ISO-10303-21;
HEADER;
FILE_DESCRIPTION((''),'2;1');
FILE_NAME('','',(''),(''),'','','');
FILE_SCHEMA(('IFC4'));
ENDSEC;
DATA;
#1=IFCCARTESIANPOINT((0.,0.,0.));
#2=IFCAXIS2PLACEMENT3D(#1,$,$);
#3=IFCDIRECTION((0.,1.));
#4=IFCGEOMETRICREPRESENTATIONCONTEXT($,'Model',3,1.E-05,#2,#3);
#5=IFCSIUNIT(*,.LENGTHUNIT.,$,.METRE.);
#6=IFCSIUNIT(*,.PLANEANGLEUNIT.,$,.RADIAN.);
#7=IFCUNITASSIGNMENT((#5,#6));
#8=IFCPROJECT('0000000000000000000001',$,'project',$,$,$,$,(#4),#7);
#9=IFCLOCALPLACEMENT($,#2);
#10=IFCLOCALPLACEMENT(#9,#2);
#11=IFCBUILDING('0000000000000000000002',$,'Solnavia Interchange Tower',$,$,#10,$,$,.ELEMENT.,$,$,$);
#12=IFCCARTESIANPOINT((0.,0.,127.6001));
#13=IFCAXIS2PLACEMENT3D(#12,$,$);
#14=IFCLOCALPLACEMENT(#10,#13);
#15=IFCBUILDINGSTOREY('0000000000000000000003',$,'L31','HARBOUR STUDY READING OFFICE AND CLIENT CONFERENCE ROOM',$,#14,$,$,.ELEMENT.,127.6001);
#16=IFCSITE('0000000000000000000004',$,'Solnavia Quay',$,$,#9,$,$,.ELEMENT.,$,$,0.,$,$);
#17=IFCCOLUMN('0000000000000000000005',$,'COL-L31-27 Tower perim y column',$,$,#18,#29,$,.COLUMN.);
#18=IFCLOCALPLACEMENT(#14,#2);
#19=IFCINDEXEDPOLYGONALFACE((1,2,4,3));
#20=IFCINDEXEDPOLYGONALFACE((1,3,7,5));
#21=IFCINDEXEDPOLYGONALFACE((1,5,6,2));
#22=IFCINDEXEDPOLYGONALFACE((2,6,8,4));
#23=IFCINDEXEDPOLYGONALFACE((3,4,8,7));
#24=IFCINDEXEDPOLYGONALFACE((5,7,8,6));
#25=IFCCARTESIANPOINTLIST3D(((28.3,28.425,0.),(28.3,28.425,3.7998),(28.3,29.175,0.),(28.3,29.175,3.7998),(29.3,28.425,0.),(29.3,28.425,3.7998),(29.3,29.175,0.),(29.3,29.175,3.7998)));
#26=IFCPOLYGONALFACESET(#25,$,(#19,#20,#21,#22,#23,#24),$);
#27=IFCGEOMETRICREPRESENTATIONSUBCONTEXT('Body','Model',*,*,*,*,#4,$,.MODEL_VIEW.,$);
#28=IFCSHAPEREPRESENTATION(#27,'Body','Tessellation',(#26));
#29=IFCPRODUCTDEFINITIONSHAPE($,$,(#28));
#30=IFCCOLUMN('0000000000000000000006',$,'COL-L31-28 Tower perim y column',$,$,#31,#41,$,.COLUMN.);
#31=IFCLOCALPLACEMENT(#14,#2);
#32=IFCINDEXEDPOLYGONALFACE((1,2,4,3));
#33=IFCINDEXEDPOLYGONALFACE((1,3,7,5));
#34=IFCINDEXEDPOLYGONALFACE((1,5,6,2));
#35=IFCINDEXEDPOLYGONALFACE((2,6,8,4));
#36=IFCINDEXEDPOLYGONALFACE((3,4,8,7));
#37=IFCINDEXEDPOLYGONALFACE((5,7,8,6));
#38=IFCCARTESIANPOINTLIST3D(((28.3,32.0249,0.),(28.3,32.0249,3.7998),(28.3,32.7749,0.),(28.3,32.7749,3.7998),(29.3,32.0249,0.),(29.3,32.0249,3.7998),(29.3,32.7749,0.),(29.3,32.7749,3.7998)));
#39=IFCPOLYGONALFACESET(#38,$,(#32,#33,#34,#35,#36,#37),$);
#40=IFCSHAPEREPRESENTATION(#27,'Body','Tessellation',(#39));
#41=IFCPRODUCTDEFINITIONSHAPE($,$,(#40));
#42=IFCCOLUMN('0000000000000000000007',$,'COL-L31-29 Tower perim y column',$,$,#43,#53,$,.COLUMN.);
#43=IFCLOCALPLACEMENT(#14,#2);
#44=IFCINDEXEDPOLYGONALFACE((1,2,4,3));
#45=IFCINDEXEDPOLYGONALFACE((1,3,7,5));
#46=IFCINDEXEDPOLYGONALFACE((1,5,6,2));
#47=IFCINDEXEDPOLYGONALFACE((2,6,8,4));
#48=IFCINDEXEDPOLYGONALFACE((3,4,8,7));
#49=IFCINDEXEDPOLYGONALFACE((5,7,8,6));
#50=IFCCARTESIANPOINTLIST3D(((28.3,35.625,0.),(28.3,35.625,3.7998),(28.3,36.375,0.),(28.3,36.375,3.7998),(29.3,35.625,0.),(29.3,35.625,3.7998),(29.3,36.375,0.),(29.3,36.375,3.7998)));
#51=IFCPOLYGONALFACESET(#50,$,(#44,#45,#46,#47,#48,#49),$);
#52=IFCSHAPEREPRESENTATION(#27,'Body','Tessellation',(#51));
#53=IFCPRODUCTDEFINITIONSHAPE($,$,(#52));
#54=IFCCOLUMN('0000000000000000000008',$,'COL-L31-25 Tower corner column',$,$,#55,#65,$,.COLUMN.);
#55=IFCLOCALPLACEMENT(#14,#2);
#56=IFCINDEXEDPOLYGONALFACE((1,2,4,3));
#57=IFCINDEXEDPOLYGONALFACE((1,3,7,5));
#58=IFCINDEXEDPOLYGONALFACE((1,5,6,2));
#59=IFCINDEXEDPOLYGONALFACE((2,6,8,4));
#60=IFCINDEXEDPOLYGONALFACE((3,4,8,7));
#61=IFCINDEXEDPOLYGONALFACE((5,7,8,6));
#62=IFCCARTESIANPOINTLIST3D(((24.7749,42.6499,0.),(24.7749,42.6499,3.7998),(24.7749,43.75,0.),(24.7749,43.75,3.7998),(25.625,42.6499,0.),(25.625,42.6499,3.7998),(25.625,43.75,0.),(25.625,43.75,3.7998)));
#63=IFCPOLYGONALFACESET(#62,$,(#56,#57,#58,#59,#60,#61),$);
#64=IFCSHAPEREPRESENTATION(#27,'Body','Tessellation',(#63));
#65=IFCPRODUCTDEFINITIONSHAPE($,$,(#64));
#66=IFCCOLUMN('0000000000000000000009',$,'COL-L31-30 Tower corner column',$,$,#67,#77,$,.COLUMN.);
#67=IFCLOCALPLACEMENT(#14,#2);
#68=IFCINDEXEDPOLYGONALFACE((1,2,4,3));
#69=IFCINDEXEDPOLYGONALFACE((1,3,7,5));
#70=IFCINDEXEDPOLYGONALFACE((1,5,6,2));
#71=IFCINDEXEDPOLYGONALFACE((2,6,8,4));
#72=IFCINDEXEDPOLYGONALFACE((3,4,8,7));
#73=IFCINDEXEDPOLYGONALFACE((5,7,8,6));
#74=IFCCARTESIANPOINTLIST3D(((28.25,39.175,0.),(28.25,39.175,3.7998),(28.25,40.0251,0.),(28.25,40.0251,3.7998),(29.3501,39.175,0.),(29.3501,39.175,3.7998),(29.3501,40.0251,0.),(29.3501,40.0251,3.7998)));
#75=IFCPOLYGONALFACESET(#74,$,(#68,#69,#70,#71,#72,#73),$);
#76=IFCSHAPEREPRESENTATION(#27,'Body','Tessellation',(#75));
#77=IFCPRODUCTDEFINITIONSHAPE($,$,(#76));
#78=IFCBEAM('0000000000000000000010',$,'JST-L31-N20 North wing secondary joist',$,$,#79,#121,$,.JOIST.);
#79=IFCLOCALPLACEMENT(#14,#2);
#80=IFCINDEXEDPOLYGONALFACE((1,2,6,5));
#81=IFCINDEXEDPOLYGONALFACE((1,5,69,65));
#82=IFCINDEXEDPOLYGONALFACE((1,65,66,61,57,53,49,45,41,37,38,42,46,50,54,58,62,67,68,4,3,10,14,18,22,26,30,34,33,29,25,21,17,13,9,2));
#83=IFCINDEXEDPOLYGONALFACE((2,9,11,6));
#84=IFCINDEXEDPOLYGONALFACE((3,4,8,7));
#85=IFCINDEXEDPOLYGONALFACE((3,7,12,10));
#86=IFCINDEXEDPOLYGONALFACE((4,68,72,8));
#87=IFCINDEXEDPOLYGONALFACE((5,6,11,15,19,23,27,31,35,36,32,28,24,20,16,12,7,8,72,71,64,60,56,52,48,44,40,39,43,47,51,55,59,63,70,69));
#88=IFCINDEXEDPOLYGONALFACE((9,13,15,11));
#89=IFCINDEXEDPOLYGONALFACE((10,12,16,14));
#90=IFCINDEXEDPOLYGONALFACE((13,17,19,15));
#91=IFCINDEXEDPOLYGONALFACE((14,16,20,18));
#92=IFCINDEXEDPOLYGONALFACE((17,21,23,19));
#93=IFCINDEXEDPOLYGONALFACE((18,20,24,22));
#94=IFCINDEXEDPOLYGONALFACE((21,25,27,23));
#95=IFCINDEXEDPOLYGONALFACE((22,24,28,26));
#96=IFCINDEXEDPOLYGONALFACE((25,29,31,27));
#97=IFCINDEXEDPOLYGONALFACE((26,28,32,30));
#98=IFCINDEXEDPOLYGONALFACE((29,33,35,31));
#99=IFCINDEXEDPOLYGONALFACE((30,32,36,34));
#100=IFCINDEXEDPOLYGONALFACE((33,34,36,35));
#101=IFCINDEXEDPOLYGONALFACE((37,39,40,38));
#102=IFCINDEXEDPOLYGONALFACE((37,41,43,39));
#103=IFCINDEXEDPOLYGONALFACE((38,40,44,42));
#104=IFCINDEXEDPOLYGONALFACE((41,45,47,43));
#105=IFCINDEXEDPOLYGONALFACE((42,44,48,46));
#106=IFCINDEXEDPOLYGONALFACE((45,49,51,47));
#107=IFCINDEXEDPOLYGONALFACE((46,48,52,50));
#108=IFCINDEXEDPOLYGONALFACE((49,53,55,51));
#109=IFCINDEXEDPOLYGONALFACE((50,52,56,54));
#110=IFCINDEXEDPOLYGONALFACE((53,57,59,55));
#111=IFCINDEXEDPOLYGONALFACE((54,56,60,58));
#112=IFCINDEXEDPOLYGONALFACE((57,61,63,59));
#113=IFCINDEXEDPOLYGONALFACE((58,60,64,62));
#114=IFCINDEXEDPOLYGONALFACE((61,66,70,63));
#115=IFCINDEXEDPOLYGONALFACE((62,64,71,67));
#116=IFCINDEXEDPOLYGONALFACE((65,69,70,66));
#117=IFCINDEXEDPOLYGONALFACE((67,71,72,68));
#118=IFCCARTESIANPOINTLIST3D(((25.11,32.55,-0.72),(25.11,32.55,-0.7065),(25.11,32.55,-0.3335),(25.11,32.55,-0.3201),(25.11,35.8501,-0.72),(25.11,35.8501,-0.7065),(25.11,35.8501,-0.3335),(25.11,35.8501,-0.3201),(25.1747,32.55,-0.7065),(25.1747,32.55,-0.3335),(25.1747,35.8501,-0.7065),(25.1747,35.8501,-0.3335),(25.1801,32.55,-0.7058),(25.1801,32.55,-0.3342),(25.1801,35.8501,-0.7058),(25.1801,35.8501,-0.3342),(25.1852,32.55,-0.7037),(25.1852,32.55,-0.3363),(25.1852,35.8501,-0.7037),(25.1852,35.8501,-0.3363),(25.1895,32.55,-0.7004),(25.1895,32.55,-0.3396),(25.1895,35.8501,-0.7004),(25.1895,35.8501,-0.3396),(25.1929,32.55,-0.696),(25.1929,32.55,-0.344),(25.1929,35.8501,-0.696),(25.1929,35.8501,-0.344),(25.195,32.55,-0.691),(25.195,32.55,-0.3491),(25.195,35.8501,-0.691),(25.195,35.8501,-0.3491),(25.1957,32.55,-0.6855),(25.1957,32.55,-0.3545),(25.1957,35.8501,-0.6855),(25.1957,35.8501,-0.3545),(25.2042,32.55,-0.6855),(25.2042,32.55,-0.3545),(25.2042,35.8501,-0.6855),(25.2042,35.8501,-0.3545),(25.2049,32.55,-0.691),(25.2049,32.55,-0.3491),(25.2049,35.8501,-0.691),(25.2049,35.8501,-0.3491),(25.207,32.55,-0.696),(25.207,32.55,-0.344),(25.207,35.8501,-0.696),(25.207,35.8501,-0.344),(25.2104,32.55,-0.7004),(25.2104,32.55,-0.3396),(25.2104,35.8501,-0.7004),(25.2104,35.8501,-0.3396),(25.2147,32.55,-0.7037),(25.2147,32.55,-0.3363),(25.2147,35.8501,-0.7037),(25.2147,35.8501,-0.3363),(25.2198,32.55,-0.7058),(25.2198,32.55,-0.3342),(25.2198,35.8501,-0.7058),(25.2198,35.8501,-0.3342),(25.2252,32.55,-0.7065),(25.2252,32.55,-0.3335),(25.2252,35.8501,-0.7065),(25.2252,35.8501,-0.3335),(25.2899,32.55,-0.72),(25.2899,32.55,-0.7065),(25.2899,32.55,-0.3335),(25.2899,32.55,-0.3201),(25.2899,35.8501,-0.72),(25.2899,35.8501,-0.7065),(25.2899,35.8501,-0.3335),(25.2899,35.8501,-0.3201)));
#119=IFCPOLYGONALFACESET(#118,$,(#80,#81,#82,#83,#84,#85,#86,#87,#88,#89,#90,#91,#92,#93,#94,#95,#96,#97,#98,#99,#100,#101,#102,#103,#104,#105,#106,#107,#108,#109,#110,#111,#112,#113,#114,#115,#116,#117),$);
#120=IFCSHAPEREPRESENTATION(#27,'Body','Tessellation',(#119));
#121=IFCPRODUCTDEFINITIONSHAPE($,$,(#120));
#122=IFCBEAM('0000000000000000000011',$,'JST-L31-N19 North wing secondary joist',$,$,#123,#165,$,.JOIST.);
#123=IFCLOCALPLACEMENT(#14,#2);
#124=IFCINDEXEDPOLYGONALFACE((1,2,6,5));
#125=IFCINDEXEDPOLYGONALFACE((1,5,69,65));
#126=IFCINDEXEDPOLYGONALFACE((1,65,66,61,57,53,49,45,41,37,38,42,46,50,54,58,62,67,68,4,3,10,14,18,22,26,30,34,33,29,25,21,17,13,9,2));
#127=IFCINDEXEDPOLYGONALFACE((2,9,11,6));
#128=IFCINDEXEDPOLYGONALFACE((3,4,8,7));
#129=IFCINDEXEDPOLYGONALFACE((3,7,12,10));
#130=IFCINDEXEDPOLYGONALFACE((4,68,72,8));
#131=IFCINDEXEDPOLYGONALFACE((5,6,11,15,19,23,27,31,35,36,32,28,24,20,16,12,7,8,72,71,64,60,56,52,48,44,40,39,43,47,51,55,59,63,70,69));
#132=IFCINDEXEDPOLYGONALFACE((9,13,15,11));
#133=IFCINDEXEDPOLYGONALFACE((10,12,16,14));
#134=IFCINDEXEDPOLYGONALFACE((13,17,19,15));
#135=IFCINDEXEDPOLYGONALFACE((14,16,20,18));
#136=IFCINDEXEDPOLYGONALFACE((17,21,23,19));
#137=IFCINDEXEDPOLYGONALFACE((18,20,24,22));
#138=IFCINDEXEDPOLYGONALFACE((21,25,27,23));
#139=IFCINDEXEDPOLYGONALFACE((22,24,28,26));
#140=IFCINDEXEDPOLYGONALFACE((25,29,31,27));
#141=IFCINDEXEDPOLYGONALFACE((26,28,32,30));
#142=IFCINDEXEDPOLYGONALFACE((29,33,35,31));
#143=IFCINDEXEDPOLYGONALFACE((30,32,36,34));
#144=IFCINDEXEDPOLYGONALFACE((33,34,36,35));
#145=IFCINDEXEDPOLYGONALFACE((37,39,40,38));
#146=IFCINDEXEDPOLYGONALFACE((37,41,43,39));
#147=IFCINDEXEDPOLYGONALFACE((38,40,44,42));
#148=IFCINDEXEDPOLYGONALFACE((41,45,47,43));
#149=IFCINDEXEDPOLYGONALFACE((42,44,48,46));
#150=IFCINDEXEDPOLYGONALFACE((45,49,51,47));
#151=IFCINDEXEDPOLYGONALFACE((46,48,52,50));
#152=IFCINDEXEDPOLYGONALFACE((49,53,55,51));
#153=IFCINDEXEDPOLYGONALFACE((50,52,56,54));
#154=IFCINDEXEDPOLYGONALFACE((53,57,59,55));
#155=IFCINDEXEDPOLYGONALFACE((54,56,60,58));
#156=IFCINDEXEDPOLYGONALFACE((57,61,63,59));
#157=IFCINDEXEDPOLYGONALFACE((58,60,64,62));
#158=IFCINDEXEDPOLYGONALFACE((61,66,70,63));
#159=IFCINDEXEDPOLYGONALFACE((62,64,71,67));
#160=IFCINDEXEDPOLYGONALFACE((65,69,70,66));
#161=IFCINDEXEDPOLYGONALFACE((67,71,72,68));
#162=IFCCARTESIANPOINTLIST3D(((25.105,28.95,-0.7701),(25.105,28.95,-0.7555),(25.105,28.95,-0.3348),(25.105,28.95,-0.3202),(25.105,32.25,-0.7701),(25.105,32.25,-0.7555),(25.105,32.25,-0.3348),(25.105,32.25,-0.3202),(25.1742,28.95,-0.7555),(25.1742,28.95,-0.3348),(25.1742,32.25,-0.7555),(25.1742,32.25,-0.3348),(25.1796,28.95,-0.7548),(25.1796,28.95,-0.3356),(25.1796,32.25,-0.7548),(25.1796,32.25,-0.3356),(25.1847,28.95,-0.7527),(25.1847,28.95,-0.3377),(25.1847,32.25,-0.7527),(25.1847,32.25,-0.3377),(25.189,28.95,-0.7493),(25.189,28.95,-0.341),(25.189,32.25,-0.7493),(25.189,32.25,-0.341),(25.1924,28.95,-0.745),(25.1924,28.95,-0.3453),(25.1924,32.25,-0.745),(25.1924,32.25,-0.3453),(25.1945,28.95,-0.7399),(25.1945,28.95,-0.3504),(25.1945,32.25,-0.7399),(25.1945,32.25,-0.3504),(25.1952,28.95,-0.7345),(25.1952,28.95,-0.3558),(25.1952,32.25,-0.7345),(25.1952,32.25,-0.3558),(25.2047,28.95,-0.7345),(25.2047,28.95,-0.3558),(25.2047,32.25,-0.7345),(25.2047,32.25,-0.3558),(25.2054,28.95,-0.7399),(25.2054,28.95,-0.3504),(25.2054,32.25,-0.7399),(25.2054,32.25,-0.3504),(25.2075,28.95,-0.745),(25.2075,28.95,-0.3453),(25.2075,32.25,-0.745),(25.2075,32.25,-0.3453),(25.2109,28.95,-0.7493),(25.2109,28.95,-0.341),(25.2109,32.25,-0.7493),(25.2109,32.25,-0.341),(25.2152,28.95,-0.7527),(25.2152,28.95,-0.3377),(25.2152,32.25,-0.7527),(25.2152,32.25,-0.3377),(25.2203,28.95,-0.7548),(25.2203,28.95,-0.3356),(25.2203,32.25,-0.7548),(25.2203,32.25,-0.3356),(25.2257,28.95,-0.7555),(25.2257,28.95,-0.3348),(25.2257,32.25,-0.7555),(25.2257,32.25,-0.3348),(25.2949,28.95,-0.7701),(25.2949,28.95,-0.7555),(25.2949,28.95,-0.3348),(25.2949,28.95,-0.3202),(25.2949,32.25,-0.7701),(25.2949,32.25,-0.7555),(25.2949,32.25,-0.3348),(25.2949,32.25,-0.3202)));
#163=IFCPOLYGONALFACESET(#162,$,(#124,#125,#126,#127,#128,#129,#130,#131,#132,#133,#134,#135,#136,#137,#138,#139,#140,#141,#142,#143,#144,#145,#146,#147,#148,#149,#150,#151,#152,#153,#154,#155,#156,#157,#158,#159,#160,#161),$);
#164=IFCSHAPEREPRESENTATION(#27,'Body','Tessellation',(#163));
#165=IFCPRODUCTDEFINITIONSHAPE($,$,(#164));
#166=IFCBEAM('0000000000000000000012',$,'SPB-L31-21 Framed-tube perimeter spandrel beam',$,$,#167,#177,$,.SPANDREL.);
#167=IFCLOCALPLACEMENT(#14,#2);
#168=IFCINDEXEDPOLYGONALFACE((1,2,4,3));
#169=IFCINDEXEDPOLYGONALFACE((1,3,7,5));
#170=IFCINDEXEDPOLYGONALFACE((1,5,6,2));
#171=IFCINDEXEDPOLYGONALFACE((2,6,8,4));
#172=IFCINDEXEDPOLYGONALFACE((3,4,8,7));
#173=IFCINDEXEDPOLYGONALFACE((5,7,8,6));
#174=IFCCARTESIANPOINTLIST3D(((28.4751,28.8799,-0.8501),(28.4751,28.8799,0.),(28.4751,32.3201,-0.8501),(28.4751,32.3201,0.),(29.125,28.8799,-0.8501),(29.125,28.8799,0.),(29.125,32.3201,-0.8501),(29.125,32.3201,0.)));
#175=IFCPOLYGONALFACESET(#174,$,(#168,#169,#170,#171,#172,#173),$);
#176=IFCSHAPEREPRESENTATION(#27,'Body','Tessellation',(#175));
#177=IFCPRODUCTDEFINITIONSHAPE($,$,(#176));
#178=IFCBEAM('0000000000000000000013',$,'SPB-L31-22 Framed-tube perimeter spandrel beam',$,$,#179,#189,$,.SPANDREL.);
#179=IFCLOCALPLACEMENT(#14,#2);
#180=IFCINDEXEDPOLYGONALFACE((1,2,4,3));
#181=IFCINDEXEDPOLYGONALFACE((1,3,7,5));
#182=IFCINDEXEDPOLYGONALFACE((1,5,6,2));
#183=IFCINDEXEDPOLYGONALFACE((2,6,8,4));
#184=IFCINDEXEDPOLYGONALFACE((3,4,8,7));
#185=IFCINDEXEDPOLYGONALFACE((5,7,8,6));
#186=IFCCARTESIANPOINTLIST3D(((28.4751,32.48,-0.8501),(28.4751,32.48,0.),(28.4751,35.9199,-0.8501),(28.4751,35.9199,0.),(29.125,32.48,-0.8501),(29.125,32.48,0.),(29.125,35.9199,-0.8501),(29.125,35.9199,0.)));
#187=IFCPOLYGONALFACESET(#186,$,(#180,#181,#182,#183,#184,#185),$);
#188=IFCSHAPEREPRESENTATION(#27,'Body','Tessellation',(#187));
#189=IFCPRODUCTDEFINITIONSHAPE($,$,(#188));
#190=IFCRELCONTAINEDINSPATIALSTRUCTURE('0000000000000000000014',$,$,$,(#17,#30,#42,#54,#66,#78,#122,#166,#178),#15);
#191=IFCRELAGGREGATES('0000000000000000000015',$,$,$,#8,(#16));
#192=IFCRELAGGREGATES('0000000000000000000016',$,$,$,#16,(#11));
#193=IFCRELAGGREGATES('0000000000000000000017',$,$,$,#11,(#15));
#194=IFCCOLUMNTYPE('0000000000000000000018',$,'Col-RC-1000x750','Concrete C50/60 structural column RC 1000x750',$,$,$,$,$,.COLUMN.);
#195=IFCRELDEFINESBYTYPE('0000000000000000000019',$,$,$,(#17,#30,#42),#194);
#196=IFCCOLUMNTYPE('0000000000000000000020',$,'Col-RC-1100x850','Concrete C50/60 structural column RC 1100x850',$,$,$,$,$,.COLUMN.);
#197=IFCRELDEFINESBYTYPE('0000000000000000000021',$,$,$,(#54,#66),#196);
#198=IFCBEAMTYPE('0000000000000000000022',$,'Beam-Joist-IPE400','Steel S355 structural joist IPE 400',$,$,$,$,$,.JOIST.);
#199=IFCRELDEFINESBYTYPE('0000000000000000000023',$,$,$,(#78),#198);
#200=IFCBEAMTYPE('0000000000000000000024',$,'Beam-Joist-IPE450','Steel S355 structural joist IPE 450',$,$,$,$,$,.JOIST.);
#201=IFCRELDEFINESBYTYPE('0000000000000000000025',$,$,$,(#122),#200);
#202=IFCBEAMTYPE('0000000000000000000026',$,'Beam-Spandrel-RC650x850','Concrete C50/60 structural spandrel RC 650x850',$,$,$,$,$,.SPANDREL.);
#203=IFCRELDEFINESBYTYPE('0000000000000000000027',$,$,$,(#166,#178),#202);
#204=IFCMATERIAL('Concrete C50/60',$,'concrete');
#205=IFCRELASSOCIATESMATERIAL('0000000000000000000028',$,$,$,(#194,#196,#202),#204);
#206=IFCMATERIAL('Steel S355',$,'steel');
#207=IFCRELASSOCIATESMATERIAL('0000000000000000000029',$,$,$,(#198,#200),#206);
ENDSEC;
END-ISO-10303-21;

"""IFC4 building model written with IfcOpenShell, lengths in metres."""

from ifc_helpers import new_model, si_unit, direction, frame, origin, origin_2d, place, context, subcontext, project, spatial, rectangle, i_section, extrude, material, material_profile, profile_set, type_object, element, save


model = new_model("IFC4")

# Units and contexts
model_context = context("Model", 3, precision=1e-05, world=origin(), true_north=direction((0.0, 1.0)))
body_context = subcontext(model_context, "Body", "Model", "MODEL_VIEW")
ifc_project = project(units=[si_unit("LENGTHUNIT", "METRE"), si_unit("PLANEANGLEUNIT", "RADIAN")], contexts=[model_context])

# Site, building, storey
site_placement = place(None, origin())
site = spatial("IfcSite", under=ifc_project, at=site_placement, Name="Solnavia Quay", CompositionType="ELEMENT", RefElevation=0.0)
building_placement = place(site_placement, origin())
building = spatial("IfcBuilding", under=site, at=building_placement, Name="Solnavia Interchange Tower", CompositionType="ELEMENT")
storey_placement = place(building_placement, frame((0.0, 0.0, 127.6001)))
storey = spatial("IfcBuildingStorey", under=building, at=storey_placement, Name="L31", Description="HARBOUR STUDY READING OFFICE AND CLIENT CONFERENCE ROOM", CompositionType="ELEMENT", Elevation=127.6001)

# Columns
ifc_material_1 = material(Name="Concrete C50/60", Category="concrete")
ifc_material_profile_1 = material_profile(ifc_material_1, rectangle(XDim=0.75, YDim=1.0, at=origin_2d()), Name="RC 1000x750")
ifc_profile_set_1 = profile_set([ifc_material_profile_1], Name="Concrete C50/60")
column_type_1 = type_object("IfcColumnType", Name="Col-RC-1000x750", Description="Concrete C50/60 structural column RC 1000x750", PredefinedType="COLUMN", material=ifc_profile_set_1)
for number, where, z_axis, x_axis, name in (
    (1, (28.8, 28.8, 0.0), (0.0, 0.0, 1.0), (0.0, 1.0, 0.0), "COL-L31-27 Tower perim y column"),
    (2, (28.8, 32.3999, 0.0), (0.0, 0.0, 1.0), (0.0, 1.0, 0.0), "COL-L31-28 Tower perim y column"),
    (3, (28.8, 36.0, 0.0), (0.0, 0.0, 1.0), (0.0, 1.0, 0.0), "COL-L31-29 Tower perim y column"),
):
    element("IfcColumn", number, at=place(storey_placement, frame(where, z_axis=z_axis, x_axis=x_axis)), inside=storey, type_object=column_type_1, Name=name, PredefinedType="COLUMN", context=body_context, shape_type="SweptSolid", body=[
        extrude(rectangle(XDim=0.75, YDim=1.0, at=origin_2d()), origin(), (0.0, 0.0, 1.0), 3.7998),
    ])
ifc_material_profile_2 = material_profile(ifc_material_1, rectangle(XDim=0.8501, YDim=1.1001, at=origin_2d()), Name="RC 1100x850")
ifc_profile_set_2 = profile_set([ifc_material_profile_2], Name="Concrete C50/60")
column_type_2 = type_object("IfcColumnType", Name="Col-RC-1100x850", Description="Concrete C50/60 structural column RC 1100x850", PredefinedType="COLUMN", material=ifc_profile_set_2)
for number, where, z_axis, x_axis, name in (
    (4, (25.2, 43.2, 0.0), (0.0, 0.0, 1.0), (1.0, 0.0, 0.0), "COL-L31-25 Tower corner column"),
    (5, (28.8, 39.6001, 0.0), (0.0, 0.0, 1.0), (0.0, 1.0, 0.0), "COL-L31-30 Tower corner column"),
):
    element("IfcColumn", number, at=place(storey_placement, frame(where, z_axis=z_axis, x_axis=x_axis)), inside=storey, type_object=column_type_2, Name=name, PredefinedType="COLUMN", context=body_context, shape_type="SweptSolid", body=[
        extrude(rectangle(XDim=0.8501, YDim=1.1001, at=origin_2d()), origin(), (0.0, 0.0, 1.0), 3.7998),
    ])

# Beams
ifc_material_2 = material(Name="Steel S355", Category="steel")
ifc_material_profile_3 = material_profile(ifc_material_2, i_section(OverallWidth=0.1799, OverallDepth=0.3999, WebThickness=0.0085, FlangeThickness=0.0134, FilletRadius=0.021, at=origin_2d()), Name="IPE 400")
ifc_profile_set_3 = profile_set([ifc_material_profile_3], Name="Steel S355")
beam_type_1 = type_object("IfcBeamType", Name="Beam-Joist-IPE400", Description="Steel S355 structural joist IPE 400", PredefinedType="JOIST", material=ifc_profile_set_3)
beam_1_placement = place(storey_placement, frame((25.2, 32.55, -0.52), z_axis=(0.0, 1.0, 0.0), x_axis=(-1.0, 0.0, 0.0)))
element("IfcBeam", 6, at=beam_1_placement, inside=storey, type_object=beam_type_1, Name="JST-L31-N20 North wing secondary joist", PredefinedType="JOIST", context=body_context, shape_type="SweptSolid", body=[
    extrude(i_section(OverallWidth=0.1799, OverallDepth=0.3999, WebThickness=0.0085, FlangeThickness=0.0134, FilletRadius=0.021, at=origin_2d()), origin(), (0.0, 0.0, 1.0), 3.3),
])
ifc_material_profile_4 = material_profile(ifc_material_2, i_section(OverallWidth=0.1899, OverallDepth=0.45, WebThickness=0.0095, FlangeThickness=0.0146, FilletRadius=0.021, at=origin_2d()), Name="IPE 450")
ifc_profile_set_4 = profile_set([ifc_material_profile_4], Name="Steel S355")
beam_type_2 = type_object("IfcBeamType", Name="Beam-Joist-IPE450", Description="Steel S355 structural joist IPE 450", PredefinedType="JOIST", material=ifc_profile_set_4)
beam_2_placement = place(storey_placement, frame((25.2, 28.95, -0.5452), z_axis=(0.0, 1.0, 0.0), x_axis=(-1.0, 0.0, 0.0)))
element("IfcBeam", 7, at=beam_2_placement, inside=storey, type_object=beam_type_2, Name="JST-L31-N19 North wing secondary joist", PredefinedType="JOIST", context=body_context, shape_type="SweptSolid", body=[
    extrude(i_section(OverallWidth=0.1899, OverallDepth=0.45, WebThickness=0.0095, FlangeThickness=0.0146, FilletRadius=0.021, at=origin_2d()), origin(), (0.0, 0.0, 1.0), 3.3),
])
ifc_material_profile_5 = material_profile(ifc_material_1, rectangle(XDim=0.6499, YDim=0.8501, at=origin_2d()), Name="RC 650x850")
ifc_profile_set_5 = profile_set([ifc_material_profile_5], Name="Concrete C50/60")
beam_type_3 = type_object("IfcBeamType", Name="Beam-Spandrel-RC650x850", Description="Concrete C50/60 structural spandrel RC 650x850", PredefinedType="SPANDREL", material=ifc_profile_set_5)
beam_3_placement = place(storey_placement, frame((28.8, 28.8799, -0.425), z_axis=(0.0, 1.0, 0.0), x_axis=(-1.0, 0.0, 0.0)))
element("IfcBeam", 8, at=beam_3_placement, inside=storey, type_object=beam_type_3, Name="SPB-L31-21 Framed-tube perimeter spandrel beam", PredefinedType="SPANDREL", context=body_context, shape_type="SweptSolid", body=[
    extrude(rectangle(XDim=0.6499, YDim=0.8501, at=origin_2d()), origin(), (0.0, 0.0, 1.0), 3.4402),
])
for number, where, z_axis, x_axis, name in (
    (9, (28.8, 32.48, -0.425), (0.0, 1.0, 0.0), (-1.0, 0.0, 0.0), "SPB-L31-22 Framed-tube perimeter spandrel beam"),
):
    element("IfcBeam", number, at=place(storey_placement, frame(where, z_axis=z_axis, x_axis=x_axis)), inside=storey, type_object=beam_type_3, Name=name, PredefinedType="SPANDREL", context=body_context, shape_type="SweptSolid", body=[
        extrude(rectangle(XDim=0.6499, YDim=0.8501, at=origin_2d()), origin(), (0.0, 0.0, 1.0), 3.4399),
    ])

save(model, "model.ifc")
